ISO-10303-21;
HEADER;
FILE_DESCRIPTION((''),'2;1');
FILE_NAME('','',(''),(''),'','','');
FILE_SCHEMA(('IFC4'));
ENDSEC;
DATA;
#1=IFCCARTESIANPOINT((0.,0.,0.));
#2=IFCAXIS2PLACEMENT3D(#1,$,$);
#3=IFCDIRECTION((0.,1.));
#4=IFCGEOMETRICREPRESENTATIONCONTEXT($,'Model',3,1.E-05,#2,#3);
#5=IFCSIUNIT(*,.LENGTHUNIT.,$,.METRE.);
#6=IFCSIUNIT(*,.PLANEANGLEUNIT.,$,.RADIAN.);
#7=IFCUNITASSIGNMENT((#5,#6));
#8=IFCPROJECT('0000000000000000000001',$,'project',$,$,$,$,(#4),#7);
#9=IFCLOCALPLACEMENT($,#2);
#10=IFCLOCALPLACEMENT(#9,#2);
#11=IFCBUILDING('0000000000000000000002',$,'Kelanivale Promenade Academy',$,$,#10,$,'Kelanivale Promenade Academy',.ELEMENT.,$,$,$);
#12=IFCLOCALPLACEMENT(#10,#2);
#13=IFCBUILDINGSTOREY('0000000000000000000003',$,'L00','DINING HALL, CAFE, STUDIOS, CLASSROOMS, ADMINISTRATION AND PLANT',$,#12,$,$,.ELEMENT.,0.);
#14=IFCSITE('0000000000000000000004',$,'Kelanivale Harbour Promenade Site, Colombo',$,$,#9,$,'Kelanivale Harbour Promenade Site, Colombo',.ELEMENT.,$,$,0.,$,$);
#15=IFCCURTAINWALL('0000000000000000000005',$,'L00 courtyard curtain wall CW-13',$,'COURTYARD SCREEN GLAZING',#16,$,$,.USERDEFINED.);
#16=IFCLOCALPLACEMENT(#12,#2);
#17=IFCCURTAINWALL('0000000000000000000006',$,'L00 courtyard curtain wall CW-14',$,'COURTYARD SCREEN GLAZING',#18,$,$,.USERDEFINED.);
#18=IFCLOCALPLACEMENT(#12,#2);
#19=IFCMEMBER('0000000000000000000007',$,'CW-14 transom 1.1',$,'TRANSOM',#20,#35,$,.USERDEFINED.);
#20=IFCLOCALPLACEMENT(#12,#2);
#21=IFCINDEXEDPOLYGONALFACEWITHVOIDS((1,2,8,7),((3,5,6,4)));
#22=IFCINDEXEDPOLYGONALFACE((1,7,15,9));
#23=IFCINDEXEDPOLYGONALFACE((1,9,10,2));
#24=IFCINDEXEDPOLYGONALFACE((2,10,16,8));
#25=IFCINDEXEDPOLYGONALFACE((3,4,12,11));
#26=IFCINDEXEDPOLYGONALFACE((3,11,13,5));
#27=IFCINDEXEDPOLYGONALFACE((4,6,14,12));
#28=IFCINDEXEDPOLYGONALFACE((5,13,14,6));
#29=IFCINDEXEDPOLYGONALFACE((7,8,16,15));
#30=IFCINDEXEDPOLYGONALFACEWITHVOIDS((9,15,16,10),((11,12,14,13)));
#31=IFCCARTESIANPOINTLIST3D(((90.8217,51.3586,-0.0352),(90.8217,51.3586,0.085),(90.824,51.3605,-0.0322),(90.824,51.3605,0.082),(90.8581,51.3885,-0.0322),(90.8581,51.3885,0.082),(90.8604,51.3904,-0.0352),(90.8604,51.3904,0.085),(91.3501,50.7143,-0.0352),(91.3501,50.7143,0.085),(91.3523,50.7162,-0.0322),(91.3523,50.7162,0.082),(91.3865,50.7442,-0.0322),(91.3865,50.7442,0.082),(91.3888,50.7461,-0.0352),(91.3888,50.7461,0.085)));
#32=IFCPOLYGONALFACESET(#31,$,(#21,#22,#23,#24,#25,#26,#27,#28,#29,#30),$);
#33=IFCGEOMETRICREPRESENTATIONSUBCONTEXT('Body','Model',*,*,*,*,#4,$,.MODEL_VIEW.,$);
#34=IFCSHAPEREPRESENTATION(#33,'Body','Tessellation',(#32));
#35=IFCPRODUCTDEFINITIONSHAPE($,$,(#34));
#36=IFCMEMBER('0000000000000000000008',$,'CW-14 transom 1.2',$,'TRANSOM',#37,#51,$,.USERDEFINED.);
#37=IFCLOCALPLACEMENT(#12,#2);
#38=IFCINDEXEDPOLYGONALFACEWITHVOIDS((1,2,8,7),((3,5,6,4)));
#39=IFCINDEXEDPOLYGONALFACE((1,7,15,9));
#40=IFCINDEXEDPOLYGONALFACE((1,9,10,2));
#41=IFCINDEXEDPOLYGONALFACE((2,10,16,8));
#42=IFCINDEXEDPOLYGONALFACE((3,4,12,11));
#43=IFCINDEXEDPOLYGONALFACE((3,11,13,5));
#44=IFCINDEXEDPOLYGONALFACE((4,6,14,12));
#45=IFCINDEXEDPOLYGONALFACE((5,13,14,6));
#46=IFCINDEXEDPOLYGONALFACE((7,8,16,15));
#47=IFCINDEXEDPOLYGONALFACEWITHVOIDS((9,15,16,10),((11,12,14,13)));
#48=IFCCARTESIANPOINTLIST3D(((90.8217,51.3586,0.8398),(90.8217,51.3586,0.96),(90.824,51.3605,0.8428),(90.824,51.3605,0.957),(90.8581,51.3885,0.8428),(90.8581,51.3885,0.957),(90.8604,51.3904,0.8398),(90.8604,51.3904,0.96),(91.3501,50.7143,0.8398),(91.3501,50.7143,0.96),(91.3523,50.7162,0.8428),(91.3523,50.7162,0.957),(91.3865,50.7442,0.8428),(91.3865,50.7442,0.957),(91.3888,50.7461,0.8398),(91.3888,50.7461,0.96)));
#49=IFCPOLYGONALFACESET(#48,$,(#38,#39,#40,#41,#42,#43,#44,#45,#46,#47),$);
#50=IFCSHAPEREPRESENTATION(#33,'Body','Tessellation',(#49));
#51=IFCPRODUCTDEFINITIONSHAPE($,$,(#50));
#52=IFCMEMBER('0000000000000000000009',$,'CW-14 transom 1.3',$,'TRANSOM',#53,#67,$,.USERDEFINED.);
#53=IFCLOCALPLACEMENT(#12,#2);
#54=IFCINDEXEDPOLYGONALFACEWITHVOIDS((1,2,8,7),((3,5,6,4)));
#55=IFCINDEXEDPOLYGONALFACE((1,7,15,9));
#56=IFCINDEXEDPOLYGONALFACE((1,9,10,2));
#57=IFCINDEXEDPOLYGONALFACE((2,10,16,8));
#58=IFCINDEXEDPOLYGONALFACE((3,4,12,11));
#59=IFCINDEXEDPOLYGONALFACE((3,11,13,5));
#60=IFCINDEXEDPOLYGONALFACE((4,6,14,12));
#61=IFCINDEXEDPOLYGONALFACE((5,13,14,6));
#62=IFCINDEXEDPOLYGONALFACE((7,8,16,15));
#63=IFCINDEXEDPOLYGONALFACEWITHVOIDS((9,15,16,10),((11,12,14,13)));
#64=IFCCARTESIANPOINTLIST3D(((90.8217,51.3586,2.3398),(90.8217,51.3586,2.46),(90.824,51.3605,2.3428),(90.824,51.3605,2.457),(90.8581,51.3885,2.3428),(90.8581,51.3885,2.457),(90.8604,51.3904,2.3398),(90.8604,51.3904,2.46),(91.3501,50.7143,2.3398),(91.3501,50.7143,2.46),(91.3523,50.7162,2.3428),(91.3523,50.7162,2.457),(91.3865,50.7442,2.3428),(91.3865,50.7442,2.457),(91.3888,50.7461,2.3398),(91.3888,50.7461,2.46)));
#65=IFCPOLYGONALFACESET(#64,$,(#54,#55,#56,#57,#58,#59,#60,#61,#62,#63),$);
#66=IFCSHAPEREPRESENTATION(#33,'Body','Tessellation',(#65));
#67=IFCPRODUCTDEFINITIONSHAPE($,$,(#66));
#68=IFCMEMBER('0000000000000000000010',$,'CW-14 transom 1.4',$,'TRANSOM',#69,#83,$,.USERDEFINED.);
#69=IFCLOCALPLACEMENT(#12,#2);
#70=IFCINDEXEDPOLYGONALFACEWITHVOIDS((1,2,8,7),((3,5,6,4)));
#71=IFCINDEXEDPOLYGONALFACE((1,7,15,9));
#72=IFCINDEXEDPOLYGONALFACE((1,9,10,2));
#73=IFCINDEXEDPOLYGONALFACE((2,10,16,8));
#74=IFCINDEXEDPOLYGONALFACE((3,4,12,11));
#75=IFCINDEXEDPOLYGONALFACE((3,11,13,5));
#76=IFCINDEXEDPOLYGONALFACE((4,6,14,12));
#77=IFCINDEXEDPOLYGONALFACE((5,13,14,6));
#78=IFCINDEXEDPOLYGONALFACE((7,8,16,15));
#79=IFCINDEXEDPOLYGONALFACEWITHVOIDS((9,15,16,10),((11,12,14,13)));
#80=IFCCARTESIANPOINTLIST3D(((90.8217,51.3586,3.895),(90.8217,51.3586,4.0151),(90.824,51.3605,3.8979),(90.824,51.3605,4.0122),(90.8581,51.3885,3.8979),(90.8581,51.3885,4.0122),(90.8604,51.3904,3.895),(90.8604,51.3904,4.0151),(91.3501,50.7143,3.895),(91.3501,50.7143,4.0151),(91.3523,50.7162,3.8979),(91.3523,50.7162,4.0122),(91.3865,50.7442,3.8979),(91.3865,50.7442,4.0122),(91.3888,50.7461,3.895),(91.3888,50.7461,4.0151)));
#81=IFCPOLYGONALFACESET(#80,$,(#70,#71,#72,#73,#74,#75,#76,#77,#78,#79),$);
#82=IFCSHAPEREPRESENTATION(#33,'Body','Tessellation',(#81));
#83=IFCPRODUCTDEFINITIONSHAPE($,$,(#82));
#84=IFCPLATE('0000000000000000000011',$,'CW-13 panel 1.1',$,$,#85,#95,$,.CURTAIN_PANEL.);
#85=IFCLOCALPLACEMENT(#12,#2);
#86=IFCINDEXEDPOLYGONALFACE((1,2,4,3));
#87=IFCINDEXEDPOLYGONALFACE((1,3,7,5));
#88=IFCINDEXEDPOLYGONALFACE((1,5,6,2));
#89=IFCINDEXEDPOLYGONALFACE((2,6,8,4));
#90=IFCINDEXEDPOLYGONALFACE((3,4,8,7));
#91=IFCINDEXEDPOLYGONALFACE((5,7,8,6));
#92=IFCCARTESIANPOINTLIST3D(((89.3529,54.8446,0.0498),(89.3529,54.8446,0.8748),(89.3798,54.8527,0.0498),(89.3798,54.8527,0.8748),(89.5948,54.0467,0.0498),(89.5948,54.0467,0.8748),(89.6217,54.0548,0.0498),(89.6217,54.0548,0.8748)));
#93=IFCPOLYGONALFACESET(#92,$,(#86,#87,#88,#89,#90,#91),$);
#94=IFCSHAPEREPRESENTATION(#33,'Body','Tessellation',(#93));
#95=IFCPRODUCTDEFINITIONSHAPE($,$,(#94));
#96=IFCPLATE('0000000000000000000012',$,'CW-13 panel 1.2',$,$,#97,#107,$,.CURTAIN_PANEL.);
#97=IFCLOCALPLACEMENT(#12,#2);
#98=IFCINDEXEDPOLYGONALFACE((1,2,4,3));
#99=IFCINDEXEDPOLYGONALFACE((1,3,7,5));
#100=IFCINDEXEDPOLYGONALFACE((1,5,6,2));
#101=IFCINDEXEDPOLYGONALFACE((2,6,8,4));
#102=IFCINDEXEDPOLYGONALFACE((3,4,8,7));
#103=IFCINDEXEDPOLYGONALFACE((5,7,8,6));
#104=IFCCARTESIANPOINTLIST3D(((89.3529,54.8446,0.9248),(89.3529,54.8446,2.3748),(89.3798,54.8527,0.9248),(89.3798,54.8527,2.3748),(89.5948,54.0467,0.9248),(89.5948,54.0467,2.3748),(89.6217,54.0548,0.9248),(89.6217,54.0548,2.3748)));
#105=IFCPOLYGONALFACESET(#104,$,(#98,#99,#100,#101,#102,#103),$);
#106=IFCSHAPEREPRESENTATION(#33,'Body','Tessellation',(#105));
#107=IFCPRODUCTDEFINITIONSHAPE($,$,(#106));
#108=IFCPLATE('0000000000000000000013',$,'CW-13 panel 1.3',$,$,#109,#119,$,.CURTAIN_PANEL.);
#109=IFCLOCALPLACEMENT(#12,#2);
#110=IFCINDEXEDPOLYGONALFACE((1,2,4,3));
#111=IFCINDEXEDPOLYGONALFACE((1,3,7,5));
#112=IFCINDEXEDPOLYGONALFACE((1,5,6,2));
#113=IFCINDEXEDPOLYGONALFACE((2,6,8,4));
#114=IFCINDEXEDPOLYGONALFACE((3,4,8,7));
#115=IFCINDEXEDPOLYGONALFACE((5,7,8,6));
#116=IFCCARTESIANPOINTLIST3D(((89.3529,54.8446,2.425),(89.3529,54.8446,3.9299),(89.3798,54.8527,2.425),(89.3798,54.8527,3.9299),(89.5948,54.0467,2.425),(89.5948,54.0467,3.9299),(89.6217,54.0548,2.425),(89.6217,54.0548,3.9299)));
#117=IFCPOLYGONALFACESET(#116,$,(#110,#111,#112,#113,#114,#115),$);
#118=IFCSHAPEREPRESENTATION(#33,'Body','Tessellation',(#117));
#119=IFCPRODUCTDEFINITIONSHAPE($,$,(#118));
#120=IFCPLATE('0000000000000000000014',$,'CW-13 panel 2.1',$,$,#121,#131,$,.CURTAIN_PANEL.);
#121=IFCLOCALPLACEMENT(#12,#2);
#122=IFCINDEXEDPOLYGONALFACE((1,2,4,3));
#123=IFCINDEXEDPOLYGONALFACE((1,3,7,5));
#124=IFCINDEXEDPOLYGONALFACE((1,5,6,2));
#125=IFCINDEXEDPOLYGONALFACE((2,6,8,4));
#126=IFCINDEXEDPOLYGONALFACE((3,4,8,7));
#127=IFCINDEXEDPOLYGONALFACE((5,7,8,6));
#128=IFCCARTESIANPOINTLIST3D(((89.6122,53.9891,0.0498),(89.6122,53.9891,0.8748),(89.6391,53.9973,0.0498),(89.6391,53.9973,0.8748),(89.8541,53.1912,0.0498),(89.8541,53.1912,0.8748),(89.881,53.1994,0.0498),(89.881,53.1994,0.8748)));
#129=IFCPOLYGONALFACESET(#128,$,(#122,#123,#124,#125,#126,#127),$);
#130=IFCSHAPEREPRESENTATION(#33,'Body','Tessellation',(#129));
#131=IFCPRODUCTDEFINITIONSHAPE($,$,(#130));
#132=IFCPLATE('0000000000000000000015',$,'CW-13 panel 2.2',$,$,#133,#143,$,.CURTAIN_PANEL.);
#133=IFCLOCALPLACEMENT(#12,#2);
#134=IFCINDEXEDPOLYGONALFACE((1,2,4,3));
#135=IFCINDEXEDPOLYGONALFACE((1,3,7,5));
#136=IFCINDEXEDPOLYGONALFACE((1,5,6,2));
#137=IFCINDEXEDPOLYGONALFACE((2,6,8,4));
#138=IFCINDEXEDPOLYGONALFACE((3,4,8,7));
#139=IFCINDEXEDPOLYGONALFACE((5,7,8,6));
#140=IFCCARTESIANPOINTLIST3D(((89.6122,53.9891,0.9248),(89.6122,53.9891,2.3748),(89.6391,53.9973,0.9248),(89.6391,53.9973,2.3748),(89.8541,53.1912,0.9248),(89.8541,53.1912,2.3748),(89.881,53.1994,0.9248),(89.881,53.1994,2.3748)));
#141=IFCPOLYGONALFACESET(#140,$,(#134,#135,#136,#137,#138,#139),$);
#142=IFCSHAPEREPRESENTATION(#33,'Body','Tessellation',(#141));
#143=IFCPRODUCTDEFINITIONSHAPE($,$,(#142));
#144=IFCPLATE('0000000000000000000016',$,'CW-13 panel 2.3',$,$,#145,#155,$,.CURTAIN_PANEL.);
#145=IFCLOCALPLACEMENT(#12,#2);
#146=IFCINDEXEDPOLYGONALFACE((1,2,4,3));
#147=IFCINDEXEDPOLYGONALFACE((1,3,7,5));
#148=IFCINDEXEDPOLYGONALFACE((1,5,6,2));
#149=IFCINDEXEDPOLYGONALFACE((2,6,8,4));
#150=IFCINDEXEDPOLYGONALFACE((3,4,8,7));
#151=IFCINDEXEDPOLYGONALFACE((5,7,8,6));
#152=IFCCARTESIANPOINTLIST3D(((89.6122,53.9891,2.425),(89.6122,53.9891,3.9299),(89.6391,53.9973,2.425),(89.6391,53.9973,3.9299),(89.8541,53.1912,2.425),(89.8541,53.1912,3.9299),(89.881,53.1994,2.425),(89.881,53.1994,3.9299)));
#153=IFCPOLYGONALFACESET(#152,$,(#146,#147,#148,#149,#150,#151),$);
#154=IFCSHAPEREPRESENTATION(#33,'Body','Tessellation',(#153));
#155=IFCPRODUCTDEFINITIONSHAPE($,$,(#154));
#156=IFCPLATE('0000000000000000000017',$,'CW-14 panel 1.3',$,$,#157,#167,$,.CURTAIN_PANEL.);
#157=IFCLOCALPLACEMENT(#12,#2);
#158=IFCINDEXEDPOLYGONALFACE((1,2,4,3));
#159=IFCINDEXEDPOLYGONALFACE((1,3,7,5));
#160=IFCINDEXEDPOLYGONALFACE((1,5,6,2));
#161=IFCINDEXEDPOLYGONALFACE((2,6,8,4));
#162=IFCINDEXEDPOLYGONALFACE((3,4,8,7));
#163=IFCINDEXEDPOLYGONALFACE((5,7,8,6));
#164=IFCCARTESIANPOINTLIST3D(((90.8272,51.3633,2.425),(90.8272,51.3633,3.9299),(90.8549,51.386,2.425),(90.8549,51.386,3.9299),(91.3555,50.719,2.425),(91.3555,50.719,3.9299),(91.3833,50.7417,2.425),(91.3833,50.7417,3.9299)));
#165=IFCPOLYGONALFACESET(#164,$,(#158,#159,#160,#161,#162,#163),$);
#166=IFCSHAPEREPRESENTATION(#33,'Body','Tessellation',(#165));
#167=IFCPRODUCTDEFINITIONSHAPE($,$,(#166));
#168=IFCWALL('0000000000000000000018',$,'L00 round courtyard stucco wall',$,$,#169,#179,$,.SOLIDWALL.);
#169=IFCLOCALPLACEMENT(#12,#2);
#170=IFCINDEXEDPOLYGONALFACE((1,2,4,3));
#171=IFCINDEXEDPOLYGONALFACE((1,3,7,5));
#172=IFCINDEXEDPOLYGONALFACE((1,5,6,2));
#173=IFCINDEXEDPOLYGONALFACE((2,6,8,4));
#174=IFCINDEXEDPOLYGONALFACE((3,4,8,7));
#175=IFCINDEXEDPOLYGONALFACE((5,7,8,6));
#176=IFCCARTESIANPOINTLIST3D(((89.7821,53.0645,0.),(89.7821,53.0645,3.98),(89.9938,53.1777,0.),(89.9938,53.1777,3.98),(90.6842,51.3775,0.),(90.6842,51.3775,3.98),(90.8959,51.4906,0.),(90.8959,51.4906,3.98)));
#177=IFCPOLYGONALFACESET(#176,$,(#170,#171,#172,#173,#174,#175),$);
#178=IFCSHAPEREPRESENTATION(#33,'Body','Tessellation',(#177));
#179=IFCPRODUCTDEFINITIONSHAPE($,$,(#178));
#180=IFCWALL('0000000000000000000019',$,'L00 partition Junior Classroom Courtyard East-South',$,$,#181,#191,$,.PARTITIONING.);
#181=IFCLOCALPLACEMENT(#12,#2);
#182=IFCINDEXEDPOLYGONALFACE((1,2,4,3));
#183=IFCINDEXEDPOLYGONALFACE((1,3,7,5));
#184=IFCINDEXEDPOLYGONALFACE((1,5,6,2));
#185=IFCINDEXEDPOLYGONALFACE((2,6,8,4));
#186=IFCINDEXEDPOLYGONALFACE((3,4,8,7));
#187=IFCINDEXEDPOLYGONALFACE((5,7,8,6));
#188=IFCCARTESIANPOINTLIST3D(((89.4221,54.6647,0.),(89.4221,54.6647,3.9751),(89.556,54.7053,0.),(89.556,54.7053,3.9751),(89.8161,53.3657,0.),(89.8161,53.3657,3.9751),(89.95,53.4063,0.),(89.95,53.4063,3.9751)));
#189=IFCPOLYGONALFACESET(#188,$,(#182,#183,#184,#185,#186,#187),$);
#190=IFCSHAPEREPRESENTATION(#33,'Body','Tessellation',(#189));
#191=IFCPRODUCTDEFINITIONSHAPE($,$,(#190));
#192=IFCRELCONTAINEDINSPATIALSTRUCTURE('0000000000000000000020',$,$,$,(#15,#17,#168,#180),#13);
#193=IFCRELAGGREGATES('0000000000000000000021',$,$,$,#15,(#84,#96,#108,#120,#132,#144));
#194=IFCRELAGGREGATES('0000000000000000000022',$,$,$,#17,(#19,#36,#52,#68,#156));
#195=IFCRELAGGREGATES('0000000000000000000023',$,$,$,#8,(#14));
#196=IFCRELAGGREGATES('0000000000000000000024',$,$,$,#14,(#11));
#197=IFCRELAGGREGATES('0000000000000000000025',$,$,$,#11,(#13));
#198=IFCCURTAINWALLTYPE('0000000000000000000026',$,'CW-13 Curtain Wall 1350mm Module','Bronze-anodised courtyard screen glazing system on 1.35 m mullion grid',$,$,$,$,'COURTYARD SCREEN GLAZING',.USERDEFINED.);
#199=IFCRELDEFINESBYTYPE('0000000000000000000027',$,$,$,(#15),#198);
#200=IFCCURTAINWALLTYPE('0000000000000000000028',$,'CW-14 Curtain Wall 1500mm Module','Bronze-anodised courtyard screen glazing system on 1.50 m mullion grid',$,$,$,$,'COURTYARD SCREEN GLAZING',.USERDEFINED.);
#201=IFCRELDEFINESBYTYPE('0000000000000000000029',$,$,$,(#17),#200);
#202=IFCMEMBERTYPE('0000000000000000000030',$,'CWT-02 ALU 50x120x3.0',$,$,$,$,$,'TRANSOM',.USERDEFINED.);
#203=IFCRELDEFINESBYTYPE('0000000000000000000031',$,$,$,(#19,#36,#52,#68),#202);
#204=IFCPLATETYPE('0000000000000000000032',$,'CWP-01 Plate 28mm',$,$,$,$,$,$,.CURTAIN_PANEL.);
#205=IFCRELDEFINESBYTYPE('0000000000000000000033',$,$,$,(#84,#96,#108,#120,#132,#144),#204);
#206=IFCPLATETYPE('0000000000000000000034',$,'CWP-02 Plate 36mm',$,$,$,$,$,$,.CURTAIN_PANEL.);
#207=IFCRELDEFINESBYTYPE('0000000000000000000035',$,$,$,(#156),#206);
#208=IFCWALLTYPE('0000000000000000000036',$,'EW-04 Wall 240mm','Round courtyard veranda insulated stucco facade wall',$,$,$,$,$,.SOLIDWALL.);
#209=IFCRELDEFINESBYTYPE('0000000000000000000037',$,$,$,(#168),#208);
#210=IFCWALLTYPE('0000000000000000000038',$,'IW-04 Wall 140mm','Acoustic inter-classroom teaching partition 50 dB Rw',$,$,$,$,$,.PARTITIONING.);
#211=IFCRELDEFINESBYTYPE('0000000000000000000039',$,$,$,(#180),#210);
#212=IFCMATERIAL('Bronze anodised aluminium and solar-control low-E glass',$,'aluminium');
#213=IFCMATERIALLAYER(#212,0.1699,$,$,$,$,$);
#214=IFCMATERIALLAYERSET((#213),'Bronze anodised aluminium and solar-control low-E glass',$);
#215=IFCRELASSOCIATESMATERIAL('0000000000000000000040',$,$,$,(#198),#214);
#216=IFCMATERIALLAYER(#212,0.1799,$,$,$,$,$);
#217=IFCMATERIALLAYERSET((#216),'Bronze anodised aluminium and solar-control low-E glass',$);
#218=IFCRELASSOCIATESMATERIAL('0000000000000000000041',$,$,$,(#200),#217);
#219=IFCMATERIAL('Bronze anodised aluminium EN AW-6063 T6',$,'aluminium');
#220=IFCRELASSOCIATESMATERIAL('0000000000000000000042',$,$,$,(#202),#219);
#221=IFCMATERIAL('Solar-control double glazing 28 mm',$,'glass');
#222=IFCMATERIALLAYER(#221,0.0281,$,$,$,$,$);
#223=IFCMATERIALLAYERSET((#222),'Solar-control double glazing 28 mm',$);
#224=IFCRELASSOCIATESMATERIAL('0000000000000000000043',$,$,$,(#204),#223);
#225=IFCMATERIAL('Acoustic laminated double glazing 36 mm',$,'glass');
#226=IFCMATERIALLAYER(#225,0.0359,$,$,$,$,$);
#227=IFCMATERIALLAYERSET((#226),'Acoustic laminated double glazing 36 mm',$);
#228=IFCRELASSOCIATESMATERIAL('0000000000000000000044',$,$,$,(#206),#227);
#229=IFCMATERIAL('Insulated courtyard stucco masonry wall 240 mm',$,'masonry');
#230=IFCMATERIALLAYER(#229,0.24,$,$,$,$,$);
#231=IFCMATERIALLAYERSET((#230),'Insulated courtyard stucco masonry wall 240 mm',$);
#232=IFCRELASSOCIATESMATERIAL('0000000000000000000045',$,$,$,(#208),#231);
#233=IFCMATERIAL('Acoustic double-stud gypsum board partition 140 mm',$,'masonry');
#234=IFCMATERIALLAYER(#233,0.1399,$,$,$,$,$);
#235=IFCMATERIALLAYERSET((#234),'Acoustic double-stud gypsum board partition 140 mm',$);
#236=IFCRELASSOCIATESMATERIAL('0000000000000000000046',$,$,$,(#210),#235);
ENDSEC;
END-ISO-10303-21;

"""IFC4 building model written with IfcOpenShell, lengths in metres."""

from ifc_helpers import new_model, si_unit, direction, frame, frame_2d, origin, origin_2d, place, context, subcontext, project, spatial, rectangle, hollow_rectangle, extrude, material, layer, layer_set, material_profile, profile_set, type_object, element, aggregate, save


model = new_model("IFC4")

# Units and contexts
model_context = context("Model", 3, precision=1e-05, world=origin(), true_north=direction((0.0, 1.0)))
body_context = subcontext(model_context, "Body", "Model", "MODEL_VIEW")
ifc_project = project(units=[si_unit("LENGTHUNIT", "METRE"), si_unit("PLANEANGLEUNIT", "RADIAN")], contexts=[model_context])

# Site, building, storey
site_placement = place(None, origin())
site = spatial("IfcSite", under=ifc_project, at=site_placement, Name="Kelanivale Harbour Promenade Site, Colombo", LongName="Kelanivale Harbour Promenade Site, Colombo", CompositionType="ELEMENT", RefElevation=0.0)
building_placement = place(site_placement, origin())
building = spatial("IfcBuilding", under=site, at=building_placement, Name="Kelanivale Promenade Academy", LongName="Kelanivale Promenade Academy", CompositionType="ELEMENT")
storey_placement = place(building_placement, origin())
storey = spatial("IfcBuildingStorey", under=building, at=storey_placement, Name="L00", Description="DINING HALL, CAFE, STUDIOS, CLASSROOMS, ADMINISTRATION AND PLANT", CompositionType="ELEMENT", Elevation=0.0)

# Curtain wall
ifc_material_1 = material(Name="Bronze anodised aluminium and solar-control low-E glass", Category="aluminium")
ifc_layer_1 = layer(ifc_material_1, 0.1699)
ifc_layer_set_1 = layer_set([ifc_layer_1], Name="Bronze anodised aluminium and solar-control low-E glass")
curtain_wall_type_1 = type_object("IfcCurtainWallType", Name="CW-13 Curtain Wall 1350mm Module", Description="Bronze-anodised courtyard screen glazing system on 1.35 m mullion grid", ElementType="COURTYARD SCREEN GLAZING", PredefinedType="USERDEFINED", material=ifc_layer_set_1)
curtain_wall_1_placement = place(storey_placement, origin())
curtain_wall_1 = element("IfcCurtainWall", 1, at=curtain_wall_1_placement, inside=storey, type_object=curtain_wall_type_1, Name="L00 courtyard curtain wall CW-13", ObjectType="COURTYARD SCREEN GLAZING", PredefinedType="USERDEFINED")
ifc_material_2 = material(Name="Bronze anodised aluminium EN AW-6063 T6", Category="aluminium")

# Curtain wall
ifc_layer_2 = layer(ifc_material_1, 0.1799)
ifc_layer_set_2 = layer_set([ifc_layer_2], Name="Bronze anodised aluminium and solar-control low-E glass")
curtain_wall_type_2 = type_object("IfcCurtainWallType", Name="CW-14 Curtain Wall 1500mm Module", Description="Bronze-anodised courtyard screen glazing system on 1.50 m mullion grid", ElementType="COURTYARD SCREEN GLAZING", PredefinedType="USERDEFINED", material=ifc_layer_set_2)
curtain_wall_2_placement = place(storey_placement, origin())
curtain_wall_2 = element("IfcCurtainWall", 2, at=curtain_wall_2_placement, inside=storey, type_object=curtain_wall_type_2, Name="L00 courtyard curtain wall CW-14", ObjectType="COURTYARD SCREEN GLAZING", PredefinedType="USERDEFINED")

# Members
ifc_material_profile_1 = material_profile(ifc_material_2, hollow_rectangle(XDim=0.05, YDim=0.1201, WallThickness=0.0029, at=origin_2d()), Name="ALU 50x120x3.0")
ifc_profile_set_1 = profile_set([ifc_material_profile_1], Name="Bronze anodised aluminium EN AW-6063 T6")
member_type_1 = type_object("IfcMemberType", Name="CWT-02 ALU 50x120x3.0", ElementType="TRANSOM", PredefinedType="USERDEFINED", material=ifc_profile_set_1)
member_1_placement = place(storey_placement, frame((90.8411, 51.3745, 0.0249), z_axis=(0.634083, -0.773265, 0.0), x_axis=(0.773265, 0.634083, 0.0)))
member_1 = element("IfcMember", 3, at=member_1_placement, type_object=member_type_1, Name="CW-14 transom 1.1", ObjectType="TRANSOM", PredefinedType="USERDEFINED", context=body_context, shape_type="SweptSolid", body=[
    extrude(hollow_rectangle(XDim=0.05, YDim=0.1201, WallThickness=0.0029, at=origin_2d()), origin(), (0.0, 0.0, 1.0), 0.8333),
])
member_2_placement = place(storey_placement, frame((90.8411, 51.3745, 0.8999), z_axis=(0.634083, -0.773265, 0.0), x_axis=(0.773265, 0.634083, 0.0)))
member_2 = element("IfcMember", 4, at=member_2_placement, type_object=member_type_1, Name="CW-14 transom 1.2", ObjectType="TRANSOM", PredefinedType="USERDEFINED", context=body_context, shape_type="SweptSolid", body=[
    extrude(hollow_rectangle(XDim=0.05, YDim=0.1201, WallThickness=0.0029, at=origin_2d()), origin(), (0.0, 0.0, 1.0), 0.8333),
])
member_3_placement = place(storey_placement, frame((90.8411, 51.3745, 2.3999), z_axis=(0.634083, -0.773265, 0.0), x_axis=(0.773265, 0.634083, 0.0)))
member_3 = element("IfcMember", 5, at=member_3_placement, type_object=member_type_1, Name="CW-14 transom 1.3", ObjectType="TRANSOM", PredefinedType="USERDEFINED", context=body_context, shape_type="SweptSolid", body=[
    extrude(hollow_rectangle(XDim=0.05, YDim=0.1201, WallThickness=0.0029, at=origin_2d()), origin(), (0.0, 0.0, 1.0), 0.8333),
])
member_4_placement = place(storey_placement, frame((90.8411, 51.3745, 3.9551), z_axis=(0.634083, -0.773265, 0.0), x_axis=(0.773265, 0.634083, 0.0)))
member_4 = element("IfcMember", 6, at=member_4_placement, type_object=member_type_1, Name="CW-14 transom 1.4", ObjectType="TRANSOM", PredefinedType="USERDEFINED", context=body_context, shape_type="SweptSolid", body=[
    extrude(hollow_rectangle(XDim=0.05, YDim=0.1201, WallThickness=0.0029, at=origin_2d()), origin(), (0.0, 0.0, 1.0), 0.8333),
])

# Plates
ifc_material_3 = material(Name="Solar-control double glazing 28 mm", Category="glass")
ifc_layer_3 = layer(ifc_material_3, 0.0281)
ifc_layer_set_3 = layer_set([ifc_layer_3], Name="Solar-control double glazing 28 mm")
plate_type_1 = type_object("IfcPlateType", Name="CWP-01 Plate 28mm", PredefinedType="CURTAIN_PANEL", material=ifc_layer_set_3)
plate_1_placement = place(storey_placement, frame((89.4873, 54.4497, 0.0498), z_axis=(0.0, 0.0, 1.0), x_axis=(0.290128, -0.956988, 0.0)))
plate_1 = element("IfcPlate", 7, at=plate_1_placement, type_object=plate_type_1, Name="CW-13 panel 1.1", PredefinedType="CURTAIN_PANEL", context=body_context, shape_type="SweptSolid", body=[
    extrude(rectangle(XDim=0.8337, YDim=0.0281, at=origin_2d()), origin(), (0.0, 0.0, 1.0), 0.825),
])
plate_2_placement = place(storey_placement, frame((89.4873, 54.4497, 0.9248), z_axis=(0.0, 0.0, 1.0), x_axis=(0.290128, -0.956988, 0.0)))
plate_2 = element("IfcPlate", 8, at=plate_2_placement, type_object=plate_type_1, Name="CW-13 panel 1.2", PredefinedType="CURTAIN_PANEL", context=body_context, shape_type="SweptSolid", body=[
    extrude(rectangle(XDim=0.8337, YDim=0.0281, at=origin_2d()), origin(), (0.0, 0.0, 1.0), 1.45),
])
plate_3_placement = place(storey_placement, frame((89.4873, 54.4497, 2.425), z_axis=(0.0, 0.0, 1.0), x_axis=(0.290128, -0.956988, 0.0)))
plate_3 = element("IfcPlate", 9, at=plate_3_placement, type_object=plate_type_1, Name="CW-13 panel 1.3", PredefinedType="CURTAIN_PANEL", context=body_context, shape_type="SweptSolid", body=[
    extrude(rectangle(XDim=0.8337, YDim=0.0281, at=origin_2d()), origin(), (0.0, 0.0, 1.0), 1.5049),
])
plate_4_placement = place(storey_placement, frame((89.7466, 53.5942, 0.0498), z_axis=(0.0, 0.0, 1.0), x_axis=(0.290128, -0.956988, 0.0)))
plate_4 = element("IfcPlate", 10, at=plate_4_placement, type_object=plate_type_1, Name="CW-13 panel 2.1", PredefinedType="CURTAIN_PANEL", context=body_context, shape_type="SweptSolid", body=[
    extrude(rectangle(XDim=0.8337, YDim=0.0281, at=origin_2d()), origin(), (0.0, 0.0, 1.0), 0.825),
])
plate_5_placement = place(storey_placement, frame((89.7466, 53.5942, 0.9248), z_axis=(0.0, 0.0, 1.0), x_axis=(0.290128, -0.956988, 0.0)))
plate_5 = element("IfcPlate", 11, at=plate_5_placement, type_object=plate_type_1, Name="CW-13 panel 2.2", PredefinedType="CURTAIN_PANEL", context=body_context, shape_type="SweptSolid", body=[
    extrude(rectangle(XDim=0.8337, YDim=0.0281, at=origin_2d()), origin(), (0.0, 0.0, 1.0), 1.45),
])
plate_6_placement = place(storey_placement, frame((89.7466, 53.5942, 2.425), z_axis=(0.0, 0.0, 1.0), x_axis=(0.290128, -0.956988, 0.0)))
plate_6 = element("IfcPlate", 12, at=plate_6_placement, type_object=plate_type_1, Name="CW-13 panel 2.3", PredefinedType="CURTAIN_PANEL", context=body_context, shape_type="SweptSolid", body=[
    extrude(rectangle(XDim=0.8337, YDim=0.0281, at=origin_2d()), origin(), (0.0, 0.0, 1.0), 1.5049),
])
aggregate(curtain_wall_1, [plate_1, plate_2, plate_3, plate_4, plate_5, plate_6])
ifc_material_4 = material(Name="Acoustic laminated double glazing 36 mm", Category="glass")
ifc_layer_4 = layer(ifc_material_4, 0.0359)
ifc_layer_set_4 = layer_set([ifc_layer_4], Name="Acoustic laminated double glazing 36 mm")
plate_type_2 = type_object("IfcPlateType", Name="CWP-02 Plate 36mm", PredefinedType="CURTAIN_PANEL", material=ifc_layer_set_4)
plate_7_placement = place(storey_placement, frame((91.1052, 51.0525, 2.425), z_axis=(0.0, 0.0, 1.0), x_axis=(0.634093, -0.773257, 0.0)))
plate_7 = element("IfcPlate", 13, at=plate_7_placement, type_object=plate_type_2, Name="CW-14 panel 1.3", PredefinedType="CURTAIN_PANEL", context=body_context, shape_type="SweptSolid", body=[
    extrude(rectangle(XDim=0.8333, YDim=0.0359, at=origin_2d()), origin(), (0.0, 0.0, 1.0), 1.5049),
])
aggregate(curtain_wall_2, [member_1, member_2, member_3, member_4, plate_7])

# Walls
ifc_material_5 = material(Name="Insulated courtyard stucco masonry wall 240 mm", Category="masonry")
ifc_layer_5 = layer(ifc_material_5, 0.24)
ifc_layer_set_5 = layer_set([ifc_layer_5], Name="Insulated courtyard stucco masonry wall 240 mm")
wall_type_1 = type_object("IfcWallType", Name="EW-04 Wall 240mm", Description="Round courtyard veranda insulated stucco facade wall", PredefinedType="SOLIDWALL", material=ifc_layer_set_5)
wall_1_placement = place(storey_placement, frame((89.8879, 53.1211, 0.0), z_axis=(0.0, 0.0, 1.0), x_axis=(0.471548, -0.88184, 0.0)))
element("IfcWall", 14, at=wall_1_placement, inside=storey, type_object=wall_type_1, Name="L00 round courtyard stucco wall", PredefinedType="SOLIDWALL", context=body_context, shape_type="SweptSolid", body=[
    extrude(rectangle(XDim=1.9131, YDim=0.24, at=frame_2d((0.9565, 0.0))), origin(), (0.0, 0.0, 1.0), 3.98),
])
ifc_material_6 = material(Name="Acoustic double-stud gypsum board partition 140 mm", Category="masonry")
ifc_layer_6 = layer(ifc_material_6, 0.1399)
ifc_layer_set_6 = layer_set([ifc_layer_6], Name="Acoustic double-stud gypsum board partition 140 mm")
wall_type_2 = type_object("IfcWallType", Name="IW-04 Wall 140mm", Description="Acoustic inter-classroom teaching partition 50 dB Rw", PredefinedType="PARTITIONING", material=ifc_layer_set_6)
wall_2_placement = place(storey_placement, frame((89.8831, 53.386, 0.0), z_axis=(0.0, 0.0, 1.0), x_axis=(-0.290267, 0.956946, 0.0)))
element("IfcWall", 15, at=wall_2_placement, inside=storey, type_object=wall_type_2, Name="L00 partition Junior Classroom Courtyard East-South", PredefinedType="PARTITIONING", context=body_context, shape_type="SweptSolid", body=[
    extrude(rectangle(XDim=1.3574, YDim=0.1399, at=frame_2d((0.6787, 0.0))), origin(), (0.0, 0.0, 1.0), 3.9751),
])

save(model, "model.ifc")
